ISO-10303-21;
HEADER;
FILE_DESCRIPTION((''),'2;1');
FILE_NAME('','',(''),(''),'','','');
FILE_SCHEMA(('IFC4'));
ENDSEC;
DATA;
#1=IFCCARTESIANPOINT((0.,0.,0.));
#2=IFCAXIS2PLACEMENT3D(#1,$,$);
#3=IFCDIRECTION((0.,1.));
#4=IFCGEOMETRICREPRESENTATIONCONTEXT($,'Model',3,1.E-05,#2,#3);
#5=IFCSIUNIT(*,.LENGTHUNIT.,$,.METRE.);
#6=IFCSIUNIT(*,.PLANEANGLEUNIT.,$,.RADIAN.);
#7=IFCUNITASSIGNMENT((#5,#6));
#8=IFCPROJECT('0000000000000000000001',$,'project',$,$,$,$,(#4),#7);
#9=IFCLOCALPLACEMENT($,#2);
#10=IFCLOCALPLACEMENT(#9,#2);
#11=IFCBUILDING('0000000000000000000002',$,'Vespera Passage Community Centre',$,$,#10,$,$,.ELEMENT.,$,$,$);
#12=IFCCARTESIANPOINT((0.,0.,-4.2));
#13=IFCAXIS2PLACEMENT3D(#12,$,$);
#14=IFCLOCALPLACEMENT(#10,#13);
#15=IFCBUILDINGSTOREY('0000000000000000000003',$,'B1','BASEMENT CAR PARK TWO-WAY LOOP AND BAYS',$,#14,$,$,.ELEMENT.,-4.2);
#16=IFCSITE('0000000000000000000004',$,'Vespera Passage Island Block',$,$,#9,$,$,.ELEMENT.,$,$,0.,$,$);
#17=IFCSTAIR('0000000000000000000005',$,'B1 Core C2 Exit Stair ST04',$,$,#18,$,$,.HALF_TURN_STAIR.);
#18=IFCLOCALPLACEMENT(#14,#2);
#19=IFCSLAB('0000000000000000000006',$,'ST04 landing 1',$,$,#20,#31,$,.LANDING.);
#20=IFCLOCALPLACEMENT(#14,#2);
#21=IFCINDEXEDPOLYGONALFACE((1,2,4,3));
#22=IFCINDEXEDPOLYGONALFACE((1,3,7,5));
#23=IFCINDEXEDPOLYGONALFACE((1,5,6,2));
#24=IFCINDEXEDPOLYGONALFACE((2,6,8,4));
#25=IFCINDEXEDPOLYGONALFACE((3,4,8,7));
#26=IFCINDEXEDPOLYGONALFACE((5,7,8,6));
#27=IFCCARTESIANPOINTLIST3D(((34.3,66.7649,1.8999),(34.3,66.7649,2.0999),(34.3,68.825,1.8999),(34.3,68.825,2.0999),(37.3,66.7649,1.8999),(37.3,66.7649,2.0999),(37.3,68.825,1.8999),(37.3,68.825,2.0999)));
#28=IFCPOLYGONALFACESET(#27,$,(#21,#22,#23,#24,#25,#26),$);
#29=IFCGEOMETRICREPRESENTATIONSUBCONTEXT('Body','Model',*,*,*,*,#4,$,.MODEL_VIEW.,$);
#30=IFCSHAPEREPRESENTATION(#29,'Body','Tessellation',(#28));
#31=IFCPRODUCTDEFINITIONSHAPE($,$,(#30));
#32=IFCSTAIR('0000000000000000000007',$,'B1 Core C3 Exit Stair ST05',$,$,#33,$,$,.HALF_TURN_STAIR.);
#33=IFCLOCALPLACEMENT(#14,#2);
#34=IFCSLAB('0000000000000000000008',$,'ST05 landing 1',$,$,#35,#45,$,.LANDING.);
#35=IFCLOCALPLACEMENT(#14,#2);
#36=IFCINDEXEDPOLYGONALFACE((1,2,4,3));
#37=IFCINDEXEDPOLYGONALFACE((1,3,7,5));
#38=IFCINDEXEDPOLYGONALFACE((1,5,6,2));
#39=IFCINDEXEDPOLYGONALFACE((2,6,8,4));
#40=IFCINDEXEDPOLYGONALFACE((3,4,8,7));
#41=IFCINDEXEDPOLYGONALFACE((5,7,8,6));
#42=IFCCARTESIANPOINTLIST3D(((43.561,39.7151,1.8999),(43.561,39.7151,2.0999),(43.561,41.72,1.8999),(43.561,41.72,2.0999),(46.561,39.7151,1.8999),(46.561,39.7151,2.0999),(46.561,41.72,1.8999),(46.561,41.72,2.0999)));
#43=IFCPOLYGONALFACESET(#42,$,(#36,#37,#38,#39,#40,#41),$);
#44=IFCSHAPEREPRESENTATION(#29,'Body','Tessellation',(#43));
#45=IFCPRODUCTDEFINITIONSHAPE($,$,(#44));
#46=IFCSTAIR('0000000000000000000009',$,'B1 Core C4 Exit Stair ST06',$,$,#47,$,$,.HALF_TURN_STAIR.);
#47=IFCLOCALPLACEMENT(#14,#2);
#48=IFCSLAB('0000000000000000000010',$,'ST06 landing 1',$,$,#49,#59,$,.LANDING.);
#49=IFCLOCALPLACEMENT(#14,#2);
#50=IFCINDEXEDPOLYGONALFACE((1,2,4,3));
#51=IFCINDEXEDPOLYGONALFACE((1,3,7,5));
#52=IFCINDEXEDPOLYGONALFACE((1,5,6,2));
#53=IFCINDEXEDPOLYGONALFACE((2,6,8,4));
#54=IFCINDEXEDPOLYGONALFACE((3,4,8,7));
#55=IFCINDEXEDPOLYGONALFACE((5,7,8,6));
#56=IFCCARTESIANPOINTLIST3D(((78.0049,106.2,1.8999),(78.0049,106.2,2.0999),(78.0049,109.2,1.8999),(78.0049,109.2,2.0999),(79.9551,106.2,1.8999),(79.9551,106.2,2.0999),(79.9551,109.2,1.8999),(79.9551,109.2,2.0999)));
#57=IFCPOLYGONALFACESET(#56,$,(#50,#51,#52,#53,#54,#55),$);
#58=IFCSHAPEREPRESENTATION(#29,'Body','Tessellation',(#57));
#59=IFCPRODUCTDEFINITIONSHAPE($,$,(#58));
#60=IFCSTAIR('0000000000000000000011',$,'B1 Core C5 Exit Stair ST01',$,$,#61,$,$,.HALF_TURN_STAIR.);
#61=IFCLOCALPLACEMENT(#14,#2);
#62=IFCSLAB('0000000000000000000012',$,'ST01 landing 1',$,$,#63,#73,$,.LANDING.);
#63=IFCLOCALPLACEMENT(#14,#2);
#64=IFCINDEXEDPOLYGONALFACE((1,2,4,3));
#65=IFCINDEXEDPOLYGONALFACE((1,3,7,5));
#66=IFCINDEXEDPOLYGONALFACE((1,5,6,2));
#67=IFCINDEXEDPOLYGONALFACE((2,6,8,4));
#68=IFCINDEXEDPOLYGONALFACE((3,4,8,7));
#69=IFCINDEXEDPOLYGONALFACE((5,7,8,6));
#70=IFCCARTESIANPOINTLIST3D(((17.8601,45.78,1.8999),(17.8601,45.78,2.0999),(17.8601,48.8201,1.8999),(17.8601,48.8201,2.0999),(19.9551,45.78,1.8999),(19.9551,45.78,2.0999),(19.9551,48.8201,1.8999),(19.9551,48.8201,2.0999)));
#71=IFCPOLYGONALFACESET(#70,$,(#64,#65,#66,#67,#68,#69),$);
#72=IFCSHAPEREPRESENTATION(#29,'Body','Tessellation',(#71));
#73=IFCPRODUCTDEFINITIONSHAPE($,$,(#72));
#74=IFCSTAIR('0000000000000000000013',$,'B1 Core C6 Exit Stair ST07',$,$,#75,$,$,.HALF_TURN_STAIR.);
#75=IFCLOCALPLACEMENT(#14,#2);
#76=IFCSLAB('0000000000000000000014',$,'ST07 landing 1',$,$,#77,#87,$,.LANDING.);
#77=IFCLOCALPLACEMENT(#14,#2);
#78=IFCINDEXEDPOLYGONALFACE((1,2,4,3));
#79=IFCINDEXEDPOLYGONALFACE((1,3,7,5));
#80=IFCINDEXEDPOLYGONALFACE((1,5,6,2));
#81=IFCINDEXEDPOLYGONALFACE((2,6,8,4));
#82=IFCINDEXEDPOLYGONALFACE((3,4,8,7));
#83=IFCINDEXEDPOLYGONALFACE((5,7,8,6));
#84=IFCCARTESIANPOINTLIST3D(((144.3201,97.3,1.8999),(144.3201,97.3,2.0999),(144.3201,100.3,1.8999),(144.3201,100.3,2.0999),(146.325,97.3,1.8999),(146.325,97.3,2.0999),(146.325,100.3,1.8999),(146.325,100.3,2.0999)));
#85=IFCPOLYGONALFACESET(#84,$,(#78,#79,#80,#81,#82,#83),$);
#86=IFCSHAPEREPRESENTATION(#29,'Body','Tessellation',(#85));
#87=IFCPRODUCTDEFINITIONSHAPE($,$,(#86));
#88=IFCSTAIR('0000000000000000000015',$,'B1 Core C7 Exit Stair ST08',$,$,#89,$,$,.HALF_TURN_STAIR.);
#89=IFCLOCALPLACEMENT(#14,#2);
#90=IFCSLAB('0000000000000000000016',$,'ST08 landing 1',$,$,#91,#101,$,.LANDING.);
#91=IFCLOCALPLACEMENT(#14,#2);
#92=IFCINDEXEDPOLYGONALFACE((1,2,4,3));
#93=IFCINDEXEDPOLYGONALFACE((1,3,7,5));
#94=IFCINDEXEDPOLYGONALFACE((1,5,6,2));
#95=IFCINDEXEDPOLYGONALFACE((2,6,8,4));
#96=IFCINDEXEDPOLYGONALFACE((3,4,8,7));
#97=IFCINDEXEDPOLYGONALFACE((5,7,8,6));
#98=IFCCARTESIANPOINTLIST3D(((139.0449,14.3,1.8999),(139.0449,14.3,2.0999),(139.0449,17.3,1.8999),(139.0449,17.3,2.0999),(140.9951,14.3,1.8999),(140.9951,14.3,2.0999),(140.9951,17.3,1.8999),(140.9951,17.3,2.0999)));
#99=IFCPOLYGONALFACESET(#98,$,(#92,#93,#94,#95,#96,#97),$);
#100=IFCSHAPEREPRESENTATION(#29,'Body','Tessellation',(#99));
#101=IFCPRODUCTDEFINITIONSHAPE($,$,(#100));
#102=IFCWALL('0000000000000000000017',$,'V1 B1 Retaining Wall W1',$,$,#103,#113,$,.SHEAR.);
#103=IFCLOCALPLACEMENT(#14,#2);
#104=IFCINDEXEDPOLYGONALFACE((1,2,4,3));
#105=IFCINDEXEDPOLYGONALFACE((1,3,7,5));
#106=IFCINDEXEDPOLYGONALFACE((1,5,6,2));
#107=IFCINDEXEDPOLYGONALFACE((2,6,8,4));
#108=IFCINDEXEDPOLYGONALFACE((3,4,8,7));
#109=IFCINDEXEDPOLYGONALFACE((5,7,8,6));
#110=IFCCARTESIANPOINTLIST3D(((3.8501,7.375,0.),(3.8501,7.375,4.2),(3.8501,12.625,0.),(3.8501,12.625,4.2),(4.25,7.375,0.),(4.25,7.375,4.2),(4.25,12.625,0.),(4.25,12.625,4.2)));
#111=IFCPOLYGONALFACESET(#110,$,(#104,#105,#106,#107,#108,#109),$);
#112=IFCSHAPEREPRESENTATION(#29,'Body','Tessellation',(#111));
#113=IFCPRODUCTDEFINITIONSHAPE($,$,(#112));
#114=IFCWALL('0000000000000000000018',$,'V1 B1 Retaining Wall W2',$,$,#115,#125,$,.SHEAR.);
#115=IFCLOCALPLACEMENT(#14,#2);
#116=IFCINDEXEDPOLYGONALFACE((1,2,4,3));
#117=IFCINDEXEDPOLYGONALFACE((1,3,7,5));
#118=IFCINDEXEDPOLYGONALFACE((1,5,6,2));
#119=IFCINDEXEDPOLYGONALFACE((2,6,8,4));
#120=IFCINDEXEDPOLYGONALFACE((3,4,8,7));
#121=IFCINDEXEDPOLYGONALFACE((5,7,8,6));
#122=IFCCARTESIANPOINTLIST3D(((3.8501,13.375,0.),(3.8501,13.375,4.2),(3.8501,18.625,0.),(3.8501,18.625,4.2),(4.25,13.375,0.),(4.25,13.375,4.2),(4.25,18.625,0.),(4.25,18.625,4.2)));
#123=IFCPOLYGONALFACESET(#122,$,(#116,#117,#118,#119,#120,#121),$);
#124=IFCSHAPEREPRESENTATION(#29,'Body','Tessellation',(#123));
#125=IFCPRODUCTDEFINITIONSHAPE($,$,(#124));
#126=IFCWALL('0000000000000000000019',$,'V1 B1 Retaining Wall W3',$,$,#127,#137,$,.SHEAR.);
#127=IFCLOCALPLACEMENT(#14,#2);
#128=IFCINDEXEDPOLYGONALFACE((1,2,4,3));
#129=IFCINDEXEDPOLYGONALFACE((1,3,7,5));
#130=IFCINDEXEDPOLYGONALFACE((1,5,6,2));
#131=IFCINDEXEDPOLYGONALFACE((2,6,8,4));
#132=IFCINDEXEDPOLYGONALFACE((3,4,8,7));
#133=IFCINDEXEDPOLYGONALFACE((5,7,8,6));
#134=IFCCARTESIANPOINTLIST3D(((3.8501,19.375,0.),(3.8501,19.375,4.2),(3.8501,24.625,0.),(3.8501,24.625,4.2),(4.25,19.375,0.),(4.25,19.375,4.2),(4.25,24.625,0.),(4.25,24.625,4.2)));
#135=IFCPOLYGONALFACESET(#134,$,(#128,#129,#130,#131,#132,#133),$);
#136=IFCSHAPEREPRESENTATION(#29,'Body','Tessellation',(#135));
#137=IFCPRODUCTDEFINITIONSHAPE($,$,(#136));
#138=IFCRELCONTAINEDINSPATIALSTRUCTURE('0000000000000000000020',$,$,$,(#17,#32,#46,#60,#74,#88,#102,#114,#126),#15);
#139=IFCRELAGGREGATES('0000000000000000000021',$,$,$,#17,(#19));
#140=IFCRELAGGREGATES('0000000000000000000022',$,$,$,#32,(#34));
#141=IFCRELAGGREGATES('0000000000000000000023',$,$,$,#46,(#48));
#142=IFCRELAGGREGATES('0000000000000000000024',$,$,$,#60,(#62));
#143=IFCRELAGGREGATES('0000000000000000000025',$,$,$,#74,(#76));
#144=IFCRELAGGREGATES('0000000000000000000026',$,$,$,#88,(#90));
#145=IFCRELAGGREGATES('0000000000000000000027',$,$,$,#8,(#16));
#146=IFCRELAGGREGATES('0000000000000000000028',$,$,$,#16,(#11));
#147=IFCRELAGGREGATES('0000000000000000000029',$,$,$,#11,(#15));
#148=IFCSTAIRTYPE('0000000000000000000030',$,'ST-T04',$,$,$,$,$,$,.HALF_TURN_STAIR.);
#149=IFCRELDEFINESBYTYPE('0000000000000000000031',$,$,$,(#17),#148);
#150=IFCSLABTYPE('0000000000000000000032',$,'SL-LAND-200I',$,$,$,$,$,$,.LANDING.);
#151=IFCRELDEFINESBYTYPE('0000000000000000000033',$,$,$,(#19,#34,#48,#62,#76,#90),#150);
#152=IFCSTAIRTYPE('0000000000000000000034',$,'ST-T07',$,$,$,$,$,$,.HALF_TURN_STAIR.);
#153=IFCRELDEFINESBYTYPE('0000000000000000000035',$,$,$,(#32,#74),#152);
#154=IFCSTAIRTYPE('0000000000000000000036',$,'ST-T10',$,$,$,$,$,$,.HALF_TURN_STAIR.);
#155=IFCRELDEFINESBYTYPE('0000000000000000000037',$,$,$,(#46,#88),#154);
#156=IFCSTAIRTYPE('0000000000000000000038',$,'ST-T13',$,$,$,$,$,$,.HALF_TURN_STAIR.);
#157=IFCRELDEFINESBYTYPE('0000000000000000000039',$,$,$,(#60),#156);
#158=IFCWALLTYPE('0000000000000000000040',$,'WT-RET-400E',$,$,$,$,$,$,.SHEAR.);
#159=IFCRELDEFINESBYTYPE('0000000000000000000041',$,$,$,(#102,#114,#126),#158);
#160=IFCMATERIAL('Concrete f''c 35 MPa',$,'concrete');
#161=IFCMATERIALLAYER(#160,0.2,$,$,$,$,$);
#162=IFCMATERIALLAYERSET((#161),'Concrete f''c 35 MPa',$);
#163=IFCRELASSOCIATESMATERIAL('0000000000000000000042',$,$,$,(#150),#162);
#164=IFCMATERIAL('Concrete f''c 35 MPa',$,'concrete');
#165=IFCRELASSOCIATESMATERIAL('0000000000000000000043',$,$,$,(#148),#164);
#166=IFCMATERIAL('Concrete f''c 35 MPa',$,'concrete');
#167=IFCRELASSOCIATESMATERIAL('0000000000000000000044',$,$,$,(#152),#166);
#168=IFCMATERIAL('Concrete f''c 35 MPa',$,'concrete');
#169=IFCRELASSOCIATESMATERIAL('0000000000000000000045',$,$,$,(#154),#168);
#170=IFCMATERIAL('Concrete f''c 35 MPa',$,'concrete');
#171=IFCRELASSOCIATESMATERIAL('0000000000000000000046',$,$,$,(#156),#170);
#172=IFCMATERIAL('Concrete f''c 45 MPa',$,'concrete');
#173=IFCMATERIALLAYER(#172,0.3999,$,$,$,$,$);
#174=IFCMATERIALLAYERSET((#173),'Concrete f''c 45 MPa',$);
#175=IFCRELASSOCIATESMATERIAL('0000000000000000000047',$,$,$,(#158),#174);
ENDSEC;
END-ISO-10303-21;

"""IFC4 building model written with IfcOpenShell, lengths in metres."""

from ifc_helpers import new_model, si_unit, direction, frame, frame_2d, origin, place, context, subcontext, project, spatial, polyline, rectangle, outline, extrude, material, layer, layer_set, type_object, element, aggregate, save


model = new_model("IFC4")

# Units and contexts
model_context = context("Model", 3, precision=1e-05, world=origin(), true_north=direction((0.0, 1.0)))
body_context = subcontext(model_context, "Body", "Model", "MODEL_VIEW")
ifc_project = project(units=[si_unit("LENGTHUNIT", "METRE"), si_unit("PLANEANGLEUNIT", "RADIAN")], contexts=[model_context])

# Site, building, storey
site_placement = place(None, origin())
site = spatial("IfcSite", under=ifc_project, at=site_placement, Name="Vespera Passage Island Block", CompositionType="ELEMENT", RefElevation=0.0)
building_placement = place(site_placement, origin())
building = spatial("IfcBuilding", under=site, at=building_placement, Name="Vespera Passage Community Centre", CompositionType="ELEMENT")
storey_placement = place(building_placement, frame((0.0, 0.0, -4.2)))
storey = spatial("IfcBuildingStorey", under=building, at=storey_placement, Name="B1", Description="BASEMENT CAR PARK TWO-WAY LOOP AND BAYS", CompositionType="ELEMENT", Elevation=-4.2)

# Stairs, slabs
ifc_material_1 = material(Name="Concrete f'c 35 MPa", Category="concrete")
ifc_layer_1 = layer(ifc_material_1, 0.2)
ifc_layer_set_1 = layer_set([ifc_layer_1], Name="Concrete f'c 35 MPa")
slab_type_1 = type_object("IfcSlabType", Name="SL-LAND-200I", PredefinedType="LANDING", material=ifc_layer_set_1)
ifc_material_2 = material(Name="Concrete f'c 35 MPa", Category="concrete")
stair_type_1 = type_object("IfcStairType", Name="ST-T04", PredefinedType="HALF_TURN_STAIR", material=ifc_material_2)
stair_1_placement = place(storey_placement, origin())
stair_1 = element("IfcStair", 1, at=stair_1_placement, inside=storey, type_object=stair_type_1, Name="B1 Core C2 Exit Stair ST04", PredefinedType="HALF_TURN_STAIR")
slab_1_placement = place(storey_placement, frame((0.0, 0.0, 1.8999)))
slab_1 = element("IfcSlab", 2, at=slab_1_placement, type_object=slab_type_1, Name="ST04 landing 1", PredefinedType="LANDING", context=body_context, shape_type="SweptSolid", body=[
    extrude(outline(polyline([(37.3, 66.7649), (37.3, 68.825), (34.3, 68.825), (34.3, 66.7649), (37.3, 66.7649)])), origin(), (0.0, 0.0, 1.0), 0.2),
])
aggregate(stair_1, [slab_1])
ifc_material_3 = material(Name="Concrete f'c 35 MPa", Category="concrete")
stair_type_2 = type_object("IfcStairType", Name="ST-T07", PredefinedType="HALF_TURN_STAIR", material=ifc_material_3)
stair_2_placement = place(storey_placement, origin())
stair_2 = element("IfcStair", 3, at=stair_2_placement, inside=storey, type_object=stair_type_2, Name="B1 Core C3 Exit Stair ST05", PredefinedType="HALF_TURN_STAIR")
slab_2_placement = place(storey_placement, frame((0.0, 0.0, 1.8999)))
slab_2 = element("IfcSlab", 4, at=slab_2_placement, type_object=slab_type_1, Name="ST05 landing 1", PredefinedType="LANDING", context=body_context, shape_type="SweptSolid", body=[
    extrude(outline(polyline([(46.561, 39.7151), (46.561, 41.72), (43.561, 41.72), (43.561, 39.7151), (46.561, 39.7151)])), origin(), (0.0, 0.0, 1.0), 0.2),
])
aggregate(stair_2, [slab_2])
ifc_material_4 = material(Name="Concrete f'c 35 MPa", Category="concrete")
stair_type_3 = type_object("IfcStairType", Name="ST-T10", PredefinedType="HALF_TURN_STAIR", material=ifc_material_4)
stair_3_placement = place(storey_placement, origin())
stair_3 = element("IfcStair", 5, at=stair_3_placement, inside=storey, type_object=stair_type_3, Name="B1 Core C4 Exit Stair ST06", PredefinedType="HALF_TURN_STAIR")
slab_3_placement = place(storey_placement, frame((0.0, 0.0, 1.8999)))
slab_3 = element("IfcSlab", 6, at=slab_3_placement, type_object=slab_type_1, Name="ST06 landing 1", PredefinedType="LANDING", context=body_context, shape_type="SweptSolid", body=[
    extrude(outline(polyline([(78.0049, 106.2), (79.9551, 106.2), (79.9551, 109.2), (78.0049, 109.2), (78.0049, 106.2)])), origin(), (0.0, 0.0, 1.0), 0.2),
])
aggregate(stair_3, [slab_3])
ifc_material_5 = material(Name="Concrete f'c 35 MPa", Category="concrete")
stair_type_4 = type_object("IfcStairType", Name="ST-T13", PredefinedType="HALF_TURN_STAIR", material=ifc_material_5)
stair_4_placement = place(storey_placement, origin())
stair_4 = element("IfcStair", 7, at=stair_4_placement, inside=storey, type_object=stair_type_4, Name="B1 Core C5 Exit Stair ST01", PredefinedType="HALF_TURN_STAIR")
slab_4_placement = place(storey_placement, frame((0.0, 0.0, 1.8999)))
slab_4 = element("IfcSlab", 8, at=slab_4_placement, type_object=slab_type_1, Name="ST01 landing 1", PredefinedType="LANDING", context=body_context, shape_type="SweptSolid", body=[
    extrude(outline(polyline([(17.8601, 45.78), (19.9551, 45.78), (19.9551, 48.8201), (17.8601, 48.8201), (17.8601, 45.78)])), origin(), (0.0, 0.0, 1.0), 0.2),
])
aggregate(stair_4, [slab_4])
stair_5_placement = place(storey_placement, origin())
stair_5 = element("IfcStair", 9, at=stair_5_placement, inside=storey, type_object=stair_type_2, Name="B1 Core C6 Exit Stair ST07", PredefinedType="HALF_TURN_STAIR")
slab_5_placement = place(storey_placement, frame((0.0, 0.0, 1.8999)))
slab_5 = element("IfcSlab", 10, at=slab_5_placement, type_object=slab_type_1, Name="ST07 landing 1", PredefinedType="LANDING", context=body_context, shape_type="SweptSolid", body=[
    extrude(outline(polyline([(144.3201, 97.3), (146.325, 97.3), (146.325, 100.3), (144.3201, 100.3), (144.3201, 97.3)])), origin(), (0.0, 0.0, 1.0), 0.2),
])
aggregate(stair_5, [slab_5])
stair_6_placement = place(storey_placement, origin())
stair_6 = element("IfcStair", 11, at=stair_6_placement, inside=storey, type_object=stair_type_3, Name="B1 Core C7 Exit Stair ST08", PredefinedType="HALF_TURN_STAIR")
slab_6_placement = place(storey_placement, frame((0.0, 0.0, 1.8999)))
slab_6 = element("IfcSlab", 12, at=slab_6_placement, type_object=slab_type_1, Name="ST08 landing 1", PredefinedType="LANDING", context=body_context, shape_type="SweptSolid", body=[
    extrude(outline(polyline([(140.9951, 17.3), (139.0449, 17.3), (139.0449, 14.3), (140.9951, 14.3), (140.9951, 17.3)])), origin(), (0.0, 0.0, 1.0), 0.2),
])
aggregate(stair_6, [slab_6])

# Walls
ifc_material_6 = material(Name="Concrete f'c 45 MPa", Category="concrete")
ifc_layer_2 = layer(ifc_material_6, 0.3999)
ifc_layer_set_2 = layer_set([ifc_layer_2], Name="Concrete f'c 45 MPa")
wall_type = type_object("IfcWallType", Name="WT-RET-400E", PredefinedType="SHEAR", material=ifc_layer_set_2)
for number, where, z_axis, x_axis, name in (
    (13, (4.05, 7.375, 0.0), (0.0, 0.0, 1.0), (0.0, 1.0, 0.0), "V1 B1 Retaining Wall W1"),
    (14, (4.05, 13.375, 0.0), (0.0, 0.0, 1.0), (0.0, 1.0, 0.0), "V1 B1 Retaining Wall W2"),
    (15, (4.05, 19.375, 0.0), (0.0, 0.0, 1.0), (0.0, 1.0, 0.0), "V1 B1 Retaining Wall W3"),
):
    element("IfcWall", number, at=place(storey_placement, frame(where, z_axis=z_axis, x_axis=x_axis)), inside=storey, type_object=wall_type, Name=name, PredefinedType="SHEAR", context=body_context, shape_type="SweptSolid", body=[
        extrude(rectangle(XDim=5.25, YDim=0.3999, at=frame_2d((2.625, 0.0))), origin(), (0.0, 0.0, 1.0), 4.2),
    ])

save(model, "model.ifc")
